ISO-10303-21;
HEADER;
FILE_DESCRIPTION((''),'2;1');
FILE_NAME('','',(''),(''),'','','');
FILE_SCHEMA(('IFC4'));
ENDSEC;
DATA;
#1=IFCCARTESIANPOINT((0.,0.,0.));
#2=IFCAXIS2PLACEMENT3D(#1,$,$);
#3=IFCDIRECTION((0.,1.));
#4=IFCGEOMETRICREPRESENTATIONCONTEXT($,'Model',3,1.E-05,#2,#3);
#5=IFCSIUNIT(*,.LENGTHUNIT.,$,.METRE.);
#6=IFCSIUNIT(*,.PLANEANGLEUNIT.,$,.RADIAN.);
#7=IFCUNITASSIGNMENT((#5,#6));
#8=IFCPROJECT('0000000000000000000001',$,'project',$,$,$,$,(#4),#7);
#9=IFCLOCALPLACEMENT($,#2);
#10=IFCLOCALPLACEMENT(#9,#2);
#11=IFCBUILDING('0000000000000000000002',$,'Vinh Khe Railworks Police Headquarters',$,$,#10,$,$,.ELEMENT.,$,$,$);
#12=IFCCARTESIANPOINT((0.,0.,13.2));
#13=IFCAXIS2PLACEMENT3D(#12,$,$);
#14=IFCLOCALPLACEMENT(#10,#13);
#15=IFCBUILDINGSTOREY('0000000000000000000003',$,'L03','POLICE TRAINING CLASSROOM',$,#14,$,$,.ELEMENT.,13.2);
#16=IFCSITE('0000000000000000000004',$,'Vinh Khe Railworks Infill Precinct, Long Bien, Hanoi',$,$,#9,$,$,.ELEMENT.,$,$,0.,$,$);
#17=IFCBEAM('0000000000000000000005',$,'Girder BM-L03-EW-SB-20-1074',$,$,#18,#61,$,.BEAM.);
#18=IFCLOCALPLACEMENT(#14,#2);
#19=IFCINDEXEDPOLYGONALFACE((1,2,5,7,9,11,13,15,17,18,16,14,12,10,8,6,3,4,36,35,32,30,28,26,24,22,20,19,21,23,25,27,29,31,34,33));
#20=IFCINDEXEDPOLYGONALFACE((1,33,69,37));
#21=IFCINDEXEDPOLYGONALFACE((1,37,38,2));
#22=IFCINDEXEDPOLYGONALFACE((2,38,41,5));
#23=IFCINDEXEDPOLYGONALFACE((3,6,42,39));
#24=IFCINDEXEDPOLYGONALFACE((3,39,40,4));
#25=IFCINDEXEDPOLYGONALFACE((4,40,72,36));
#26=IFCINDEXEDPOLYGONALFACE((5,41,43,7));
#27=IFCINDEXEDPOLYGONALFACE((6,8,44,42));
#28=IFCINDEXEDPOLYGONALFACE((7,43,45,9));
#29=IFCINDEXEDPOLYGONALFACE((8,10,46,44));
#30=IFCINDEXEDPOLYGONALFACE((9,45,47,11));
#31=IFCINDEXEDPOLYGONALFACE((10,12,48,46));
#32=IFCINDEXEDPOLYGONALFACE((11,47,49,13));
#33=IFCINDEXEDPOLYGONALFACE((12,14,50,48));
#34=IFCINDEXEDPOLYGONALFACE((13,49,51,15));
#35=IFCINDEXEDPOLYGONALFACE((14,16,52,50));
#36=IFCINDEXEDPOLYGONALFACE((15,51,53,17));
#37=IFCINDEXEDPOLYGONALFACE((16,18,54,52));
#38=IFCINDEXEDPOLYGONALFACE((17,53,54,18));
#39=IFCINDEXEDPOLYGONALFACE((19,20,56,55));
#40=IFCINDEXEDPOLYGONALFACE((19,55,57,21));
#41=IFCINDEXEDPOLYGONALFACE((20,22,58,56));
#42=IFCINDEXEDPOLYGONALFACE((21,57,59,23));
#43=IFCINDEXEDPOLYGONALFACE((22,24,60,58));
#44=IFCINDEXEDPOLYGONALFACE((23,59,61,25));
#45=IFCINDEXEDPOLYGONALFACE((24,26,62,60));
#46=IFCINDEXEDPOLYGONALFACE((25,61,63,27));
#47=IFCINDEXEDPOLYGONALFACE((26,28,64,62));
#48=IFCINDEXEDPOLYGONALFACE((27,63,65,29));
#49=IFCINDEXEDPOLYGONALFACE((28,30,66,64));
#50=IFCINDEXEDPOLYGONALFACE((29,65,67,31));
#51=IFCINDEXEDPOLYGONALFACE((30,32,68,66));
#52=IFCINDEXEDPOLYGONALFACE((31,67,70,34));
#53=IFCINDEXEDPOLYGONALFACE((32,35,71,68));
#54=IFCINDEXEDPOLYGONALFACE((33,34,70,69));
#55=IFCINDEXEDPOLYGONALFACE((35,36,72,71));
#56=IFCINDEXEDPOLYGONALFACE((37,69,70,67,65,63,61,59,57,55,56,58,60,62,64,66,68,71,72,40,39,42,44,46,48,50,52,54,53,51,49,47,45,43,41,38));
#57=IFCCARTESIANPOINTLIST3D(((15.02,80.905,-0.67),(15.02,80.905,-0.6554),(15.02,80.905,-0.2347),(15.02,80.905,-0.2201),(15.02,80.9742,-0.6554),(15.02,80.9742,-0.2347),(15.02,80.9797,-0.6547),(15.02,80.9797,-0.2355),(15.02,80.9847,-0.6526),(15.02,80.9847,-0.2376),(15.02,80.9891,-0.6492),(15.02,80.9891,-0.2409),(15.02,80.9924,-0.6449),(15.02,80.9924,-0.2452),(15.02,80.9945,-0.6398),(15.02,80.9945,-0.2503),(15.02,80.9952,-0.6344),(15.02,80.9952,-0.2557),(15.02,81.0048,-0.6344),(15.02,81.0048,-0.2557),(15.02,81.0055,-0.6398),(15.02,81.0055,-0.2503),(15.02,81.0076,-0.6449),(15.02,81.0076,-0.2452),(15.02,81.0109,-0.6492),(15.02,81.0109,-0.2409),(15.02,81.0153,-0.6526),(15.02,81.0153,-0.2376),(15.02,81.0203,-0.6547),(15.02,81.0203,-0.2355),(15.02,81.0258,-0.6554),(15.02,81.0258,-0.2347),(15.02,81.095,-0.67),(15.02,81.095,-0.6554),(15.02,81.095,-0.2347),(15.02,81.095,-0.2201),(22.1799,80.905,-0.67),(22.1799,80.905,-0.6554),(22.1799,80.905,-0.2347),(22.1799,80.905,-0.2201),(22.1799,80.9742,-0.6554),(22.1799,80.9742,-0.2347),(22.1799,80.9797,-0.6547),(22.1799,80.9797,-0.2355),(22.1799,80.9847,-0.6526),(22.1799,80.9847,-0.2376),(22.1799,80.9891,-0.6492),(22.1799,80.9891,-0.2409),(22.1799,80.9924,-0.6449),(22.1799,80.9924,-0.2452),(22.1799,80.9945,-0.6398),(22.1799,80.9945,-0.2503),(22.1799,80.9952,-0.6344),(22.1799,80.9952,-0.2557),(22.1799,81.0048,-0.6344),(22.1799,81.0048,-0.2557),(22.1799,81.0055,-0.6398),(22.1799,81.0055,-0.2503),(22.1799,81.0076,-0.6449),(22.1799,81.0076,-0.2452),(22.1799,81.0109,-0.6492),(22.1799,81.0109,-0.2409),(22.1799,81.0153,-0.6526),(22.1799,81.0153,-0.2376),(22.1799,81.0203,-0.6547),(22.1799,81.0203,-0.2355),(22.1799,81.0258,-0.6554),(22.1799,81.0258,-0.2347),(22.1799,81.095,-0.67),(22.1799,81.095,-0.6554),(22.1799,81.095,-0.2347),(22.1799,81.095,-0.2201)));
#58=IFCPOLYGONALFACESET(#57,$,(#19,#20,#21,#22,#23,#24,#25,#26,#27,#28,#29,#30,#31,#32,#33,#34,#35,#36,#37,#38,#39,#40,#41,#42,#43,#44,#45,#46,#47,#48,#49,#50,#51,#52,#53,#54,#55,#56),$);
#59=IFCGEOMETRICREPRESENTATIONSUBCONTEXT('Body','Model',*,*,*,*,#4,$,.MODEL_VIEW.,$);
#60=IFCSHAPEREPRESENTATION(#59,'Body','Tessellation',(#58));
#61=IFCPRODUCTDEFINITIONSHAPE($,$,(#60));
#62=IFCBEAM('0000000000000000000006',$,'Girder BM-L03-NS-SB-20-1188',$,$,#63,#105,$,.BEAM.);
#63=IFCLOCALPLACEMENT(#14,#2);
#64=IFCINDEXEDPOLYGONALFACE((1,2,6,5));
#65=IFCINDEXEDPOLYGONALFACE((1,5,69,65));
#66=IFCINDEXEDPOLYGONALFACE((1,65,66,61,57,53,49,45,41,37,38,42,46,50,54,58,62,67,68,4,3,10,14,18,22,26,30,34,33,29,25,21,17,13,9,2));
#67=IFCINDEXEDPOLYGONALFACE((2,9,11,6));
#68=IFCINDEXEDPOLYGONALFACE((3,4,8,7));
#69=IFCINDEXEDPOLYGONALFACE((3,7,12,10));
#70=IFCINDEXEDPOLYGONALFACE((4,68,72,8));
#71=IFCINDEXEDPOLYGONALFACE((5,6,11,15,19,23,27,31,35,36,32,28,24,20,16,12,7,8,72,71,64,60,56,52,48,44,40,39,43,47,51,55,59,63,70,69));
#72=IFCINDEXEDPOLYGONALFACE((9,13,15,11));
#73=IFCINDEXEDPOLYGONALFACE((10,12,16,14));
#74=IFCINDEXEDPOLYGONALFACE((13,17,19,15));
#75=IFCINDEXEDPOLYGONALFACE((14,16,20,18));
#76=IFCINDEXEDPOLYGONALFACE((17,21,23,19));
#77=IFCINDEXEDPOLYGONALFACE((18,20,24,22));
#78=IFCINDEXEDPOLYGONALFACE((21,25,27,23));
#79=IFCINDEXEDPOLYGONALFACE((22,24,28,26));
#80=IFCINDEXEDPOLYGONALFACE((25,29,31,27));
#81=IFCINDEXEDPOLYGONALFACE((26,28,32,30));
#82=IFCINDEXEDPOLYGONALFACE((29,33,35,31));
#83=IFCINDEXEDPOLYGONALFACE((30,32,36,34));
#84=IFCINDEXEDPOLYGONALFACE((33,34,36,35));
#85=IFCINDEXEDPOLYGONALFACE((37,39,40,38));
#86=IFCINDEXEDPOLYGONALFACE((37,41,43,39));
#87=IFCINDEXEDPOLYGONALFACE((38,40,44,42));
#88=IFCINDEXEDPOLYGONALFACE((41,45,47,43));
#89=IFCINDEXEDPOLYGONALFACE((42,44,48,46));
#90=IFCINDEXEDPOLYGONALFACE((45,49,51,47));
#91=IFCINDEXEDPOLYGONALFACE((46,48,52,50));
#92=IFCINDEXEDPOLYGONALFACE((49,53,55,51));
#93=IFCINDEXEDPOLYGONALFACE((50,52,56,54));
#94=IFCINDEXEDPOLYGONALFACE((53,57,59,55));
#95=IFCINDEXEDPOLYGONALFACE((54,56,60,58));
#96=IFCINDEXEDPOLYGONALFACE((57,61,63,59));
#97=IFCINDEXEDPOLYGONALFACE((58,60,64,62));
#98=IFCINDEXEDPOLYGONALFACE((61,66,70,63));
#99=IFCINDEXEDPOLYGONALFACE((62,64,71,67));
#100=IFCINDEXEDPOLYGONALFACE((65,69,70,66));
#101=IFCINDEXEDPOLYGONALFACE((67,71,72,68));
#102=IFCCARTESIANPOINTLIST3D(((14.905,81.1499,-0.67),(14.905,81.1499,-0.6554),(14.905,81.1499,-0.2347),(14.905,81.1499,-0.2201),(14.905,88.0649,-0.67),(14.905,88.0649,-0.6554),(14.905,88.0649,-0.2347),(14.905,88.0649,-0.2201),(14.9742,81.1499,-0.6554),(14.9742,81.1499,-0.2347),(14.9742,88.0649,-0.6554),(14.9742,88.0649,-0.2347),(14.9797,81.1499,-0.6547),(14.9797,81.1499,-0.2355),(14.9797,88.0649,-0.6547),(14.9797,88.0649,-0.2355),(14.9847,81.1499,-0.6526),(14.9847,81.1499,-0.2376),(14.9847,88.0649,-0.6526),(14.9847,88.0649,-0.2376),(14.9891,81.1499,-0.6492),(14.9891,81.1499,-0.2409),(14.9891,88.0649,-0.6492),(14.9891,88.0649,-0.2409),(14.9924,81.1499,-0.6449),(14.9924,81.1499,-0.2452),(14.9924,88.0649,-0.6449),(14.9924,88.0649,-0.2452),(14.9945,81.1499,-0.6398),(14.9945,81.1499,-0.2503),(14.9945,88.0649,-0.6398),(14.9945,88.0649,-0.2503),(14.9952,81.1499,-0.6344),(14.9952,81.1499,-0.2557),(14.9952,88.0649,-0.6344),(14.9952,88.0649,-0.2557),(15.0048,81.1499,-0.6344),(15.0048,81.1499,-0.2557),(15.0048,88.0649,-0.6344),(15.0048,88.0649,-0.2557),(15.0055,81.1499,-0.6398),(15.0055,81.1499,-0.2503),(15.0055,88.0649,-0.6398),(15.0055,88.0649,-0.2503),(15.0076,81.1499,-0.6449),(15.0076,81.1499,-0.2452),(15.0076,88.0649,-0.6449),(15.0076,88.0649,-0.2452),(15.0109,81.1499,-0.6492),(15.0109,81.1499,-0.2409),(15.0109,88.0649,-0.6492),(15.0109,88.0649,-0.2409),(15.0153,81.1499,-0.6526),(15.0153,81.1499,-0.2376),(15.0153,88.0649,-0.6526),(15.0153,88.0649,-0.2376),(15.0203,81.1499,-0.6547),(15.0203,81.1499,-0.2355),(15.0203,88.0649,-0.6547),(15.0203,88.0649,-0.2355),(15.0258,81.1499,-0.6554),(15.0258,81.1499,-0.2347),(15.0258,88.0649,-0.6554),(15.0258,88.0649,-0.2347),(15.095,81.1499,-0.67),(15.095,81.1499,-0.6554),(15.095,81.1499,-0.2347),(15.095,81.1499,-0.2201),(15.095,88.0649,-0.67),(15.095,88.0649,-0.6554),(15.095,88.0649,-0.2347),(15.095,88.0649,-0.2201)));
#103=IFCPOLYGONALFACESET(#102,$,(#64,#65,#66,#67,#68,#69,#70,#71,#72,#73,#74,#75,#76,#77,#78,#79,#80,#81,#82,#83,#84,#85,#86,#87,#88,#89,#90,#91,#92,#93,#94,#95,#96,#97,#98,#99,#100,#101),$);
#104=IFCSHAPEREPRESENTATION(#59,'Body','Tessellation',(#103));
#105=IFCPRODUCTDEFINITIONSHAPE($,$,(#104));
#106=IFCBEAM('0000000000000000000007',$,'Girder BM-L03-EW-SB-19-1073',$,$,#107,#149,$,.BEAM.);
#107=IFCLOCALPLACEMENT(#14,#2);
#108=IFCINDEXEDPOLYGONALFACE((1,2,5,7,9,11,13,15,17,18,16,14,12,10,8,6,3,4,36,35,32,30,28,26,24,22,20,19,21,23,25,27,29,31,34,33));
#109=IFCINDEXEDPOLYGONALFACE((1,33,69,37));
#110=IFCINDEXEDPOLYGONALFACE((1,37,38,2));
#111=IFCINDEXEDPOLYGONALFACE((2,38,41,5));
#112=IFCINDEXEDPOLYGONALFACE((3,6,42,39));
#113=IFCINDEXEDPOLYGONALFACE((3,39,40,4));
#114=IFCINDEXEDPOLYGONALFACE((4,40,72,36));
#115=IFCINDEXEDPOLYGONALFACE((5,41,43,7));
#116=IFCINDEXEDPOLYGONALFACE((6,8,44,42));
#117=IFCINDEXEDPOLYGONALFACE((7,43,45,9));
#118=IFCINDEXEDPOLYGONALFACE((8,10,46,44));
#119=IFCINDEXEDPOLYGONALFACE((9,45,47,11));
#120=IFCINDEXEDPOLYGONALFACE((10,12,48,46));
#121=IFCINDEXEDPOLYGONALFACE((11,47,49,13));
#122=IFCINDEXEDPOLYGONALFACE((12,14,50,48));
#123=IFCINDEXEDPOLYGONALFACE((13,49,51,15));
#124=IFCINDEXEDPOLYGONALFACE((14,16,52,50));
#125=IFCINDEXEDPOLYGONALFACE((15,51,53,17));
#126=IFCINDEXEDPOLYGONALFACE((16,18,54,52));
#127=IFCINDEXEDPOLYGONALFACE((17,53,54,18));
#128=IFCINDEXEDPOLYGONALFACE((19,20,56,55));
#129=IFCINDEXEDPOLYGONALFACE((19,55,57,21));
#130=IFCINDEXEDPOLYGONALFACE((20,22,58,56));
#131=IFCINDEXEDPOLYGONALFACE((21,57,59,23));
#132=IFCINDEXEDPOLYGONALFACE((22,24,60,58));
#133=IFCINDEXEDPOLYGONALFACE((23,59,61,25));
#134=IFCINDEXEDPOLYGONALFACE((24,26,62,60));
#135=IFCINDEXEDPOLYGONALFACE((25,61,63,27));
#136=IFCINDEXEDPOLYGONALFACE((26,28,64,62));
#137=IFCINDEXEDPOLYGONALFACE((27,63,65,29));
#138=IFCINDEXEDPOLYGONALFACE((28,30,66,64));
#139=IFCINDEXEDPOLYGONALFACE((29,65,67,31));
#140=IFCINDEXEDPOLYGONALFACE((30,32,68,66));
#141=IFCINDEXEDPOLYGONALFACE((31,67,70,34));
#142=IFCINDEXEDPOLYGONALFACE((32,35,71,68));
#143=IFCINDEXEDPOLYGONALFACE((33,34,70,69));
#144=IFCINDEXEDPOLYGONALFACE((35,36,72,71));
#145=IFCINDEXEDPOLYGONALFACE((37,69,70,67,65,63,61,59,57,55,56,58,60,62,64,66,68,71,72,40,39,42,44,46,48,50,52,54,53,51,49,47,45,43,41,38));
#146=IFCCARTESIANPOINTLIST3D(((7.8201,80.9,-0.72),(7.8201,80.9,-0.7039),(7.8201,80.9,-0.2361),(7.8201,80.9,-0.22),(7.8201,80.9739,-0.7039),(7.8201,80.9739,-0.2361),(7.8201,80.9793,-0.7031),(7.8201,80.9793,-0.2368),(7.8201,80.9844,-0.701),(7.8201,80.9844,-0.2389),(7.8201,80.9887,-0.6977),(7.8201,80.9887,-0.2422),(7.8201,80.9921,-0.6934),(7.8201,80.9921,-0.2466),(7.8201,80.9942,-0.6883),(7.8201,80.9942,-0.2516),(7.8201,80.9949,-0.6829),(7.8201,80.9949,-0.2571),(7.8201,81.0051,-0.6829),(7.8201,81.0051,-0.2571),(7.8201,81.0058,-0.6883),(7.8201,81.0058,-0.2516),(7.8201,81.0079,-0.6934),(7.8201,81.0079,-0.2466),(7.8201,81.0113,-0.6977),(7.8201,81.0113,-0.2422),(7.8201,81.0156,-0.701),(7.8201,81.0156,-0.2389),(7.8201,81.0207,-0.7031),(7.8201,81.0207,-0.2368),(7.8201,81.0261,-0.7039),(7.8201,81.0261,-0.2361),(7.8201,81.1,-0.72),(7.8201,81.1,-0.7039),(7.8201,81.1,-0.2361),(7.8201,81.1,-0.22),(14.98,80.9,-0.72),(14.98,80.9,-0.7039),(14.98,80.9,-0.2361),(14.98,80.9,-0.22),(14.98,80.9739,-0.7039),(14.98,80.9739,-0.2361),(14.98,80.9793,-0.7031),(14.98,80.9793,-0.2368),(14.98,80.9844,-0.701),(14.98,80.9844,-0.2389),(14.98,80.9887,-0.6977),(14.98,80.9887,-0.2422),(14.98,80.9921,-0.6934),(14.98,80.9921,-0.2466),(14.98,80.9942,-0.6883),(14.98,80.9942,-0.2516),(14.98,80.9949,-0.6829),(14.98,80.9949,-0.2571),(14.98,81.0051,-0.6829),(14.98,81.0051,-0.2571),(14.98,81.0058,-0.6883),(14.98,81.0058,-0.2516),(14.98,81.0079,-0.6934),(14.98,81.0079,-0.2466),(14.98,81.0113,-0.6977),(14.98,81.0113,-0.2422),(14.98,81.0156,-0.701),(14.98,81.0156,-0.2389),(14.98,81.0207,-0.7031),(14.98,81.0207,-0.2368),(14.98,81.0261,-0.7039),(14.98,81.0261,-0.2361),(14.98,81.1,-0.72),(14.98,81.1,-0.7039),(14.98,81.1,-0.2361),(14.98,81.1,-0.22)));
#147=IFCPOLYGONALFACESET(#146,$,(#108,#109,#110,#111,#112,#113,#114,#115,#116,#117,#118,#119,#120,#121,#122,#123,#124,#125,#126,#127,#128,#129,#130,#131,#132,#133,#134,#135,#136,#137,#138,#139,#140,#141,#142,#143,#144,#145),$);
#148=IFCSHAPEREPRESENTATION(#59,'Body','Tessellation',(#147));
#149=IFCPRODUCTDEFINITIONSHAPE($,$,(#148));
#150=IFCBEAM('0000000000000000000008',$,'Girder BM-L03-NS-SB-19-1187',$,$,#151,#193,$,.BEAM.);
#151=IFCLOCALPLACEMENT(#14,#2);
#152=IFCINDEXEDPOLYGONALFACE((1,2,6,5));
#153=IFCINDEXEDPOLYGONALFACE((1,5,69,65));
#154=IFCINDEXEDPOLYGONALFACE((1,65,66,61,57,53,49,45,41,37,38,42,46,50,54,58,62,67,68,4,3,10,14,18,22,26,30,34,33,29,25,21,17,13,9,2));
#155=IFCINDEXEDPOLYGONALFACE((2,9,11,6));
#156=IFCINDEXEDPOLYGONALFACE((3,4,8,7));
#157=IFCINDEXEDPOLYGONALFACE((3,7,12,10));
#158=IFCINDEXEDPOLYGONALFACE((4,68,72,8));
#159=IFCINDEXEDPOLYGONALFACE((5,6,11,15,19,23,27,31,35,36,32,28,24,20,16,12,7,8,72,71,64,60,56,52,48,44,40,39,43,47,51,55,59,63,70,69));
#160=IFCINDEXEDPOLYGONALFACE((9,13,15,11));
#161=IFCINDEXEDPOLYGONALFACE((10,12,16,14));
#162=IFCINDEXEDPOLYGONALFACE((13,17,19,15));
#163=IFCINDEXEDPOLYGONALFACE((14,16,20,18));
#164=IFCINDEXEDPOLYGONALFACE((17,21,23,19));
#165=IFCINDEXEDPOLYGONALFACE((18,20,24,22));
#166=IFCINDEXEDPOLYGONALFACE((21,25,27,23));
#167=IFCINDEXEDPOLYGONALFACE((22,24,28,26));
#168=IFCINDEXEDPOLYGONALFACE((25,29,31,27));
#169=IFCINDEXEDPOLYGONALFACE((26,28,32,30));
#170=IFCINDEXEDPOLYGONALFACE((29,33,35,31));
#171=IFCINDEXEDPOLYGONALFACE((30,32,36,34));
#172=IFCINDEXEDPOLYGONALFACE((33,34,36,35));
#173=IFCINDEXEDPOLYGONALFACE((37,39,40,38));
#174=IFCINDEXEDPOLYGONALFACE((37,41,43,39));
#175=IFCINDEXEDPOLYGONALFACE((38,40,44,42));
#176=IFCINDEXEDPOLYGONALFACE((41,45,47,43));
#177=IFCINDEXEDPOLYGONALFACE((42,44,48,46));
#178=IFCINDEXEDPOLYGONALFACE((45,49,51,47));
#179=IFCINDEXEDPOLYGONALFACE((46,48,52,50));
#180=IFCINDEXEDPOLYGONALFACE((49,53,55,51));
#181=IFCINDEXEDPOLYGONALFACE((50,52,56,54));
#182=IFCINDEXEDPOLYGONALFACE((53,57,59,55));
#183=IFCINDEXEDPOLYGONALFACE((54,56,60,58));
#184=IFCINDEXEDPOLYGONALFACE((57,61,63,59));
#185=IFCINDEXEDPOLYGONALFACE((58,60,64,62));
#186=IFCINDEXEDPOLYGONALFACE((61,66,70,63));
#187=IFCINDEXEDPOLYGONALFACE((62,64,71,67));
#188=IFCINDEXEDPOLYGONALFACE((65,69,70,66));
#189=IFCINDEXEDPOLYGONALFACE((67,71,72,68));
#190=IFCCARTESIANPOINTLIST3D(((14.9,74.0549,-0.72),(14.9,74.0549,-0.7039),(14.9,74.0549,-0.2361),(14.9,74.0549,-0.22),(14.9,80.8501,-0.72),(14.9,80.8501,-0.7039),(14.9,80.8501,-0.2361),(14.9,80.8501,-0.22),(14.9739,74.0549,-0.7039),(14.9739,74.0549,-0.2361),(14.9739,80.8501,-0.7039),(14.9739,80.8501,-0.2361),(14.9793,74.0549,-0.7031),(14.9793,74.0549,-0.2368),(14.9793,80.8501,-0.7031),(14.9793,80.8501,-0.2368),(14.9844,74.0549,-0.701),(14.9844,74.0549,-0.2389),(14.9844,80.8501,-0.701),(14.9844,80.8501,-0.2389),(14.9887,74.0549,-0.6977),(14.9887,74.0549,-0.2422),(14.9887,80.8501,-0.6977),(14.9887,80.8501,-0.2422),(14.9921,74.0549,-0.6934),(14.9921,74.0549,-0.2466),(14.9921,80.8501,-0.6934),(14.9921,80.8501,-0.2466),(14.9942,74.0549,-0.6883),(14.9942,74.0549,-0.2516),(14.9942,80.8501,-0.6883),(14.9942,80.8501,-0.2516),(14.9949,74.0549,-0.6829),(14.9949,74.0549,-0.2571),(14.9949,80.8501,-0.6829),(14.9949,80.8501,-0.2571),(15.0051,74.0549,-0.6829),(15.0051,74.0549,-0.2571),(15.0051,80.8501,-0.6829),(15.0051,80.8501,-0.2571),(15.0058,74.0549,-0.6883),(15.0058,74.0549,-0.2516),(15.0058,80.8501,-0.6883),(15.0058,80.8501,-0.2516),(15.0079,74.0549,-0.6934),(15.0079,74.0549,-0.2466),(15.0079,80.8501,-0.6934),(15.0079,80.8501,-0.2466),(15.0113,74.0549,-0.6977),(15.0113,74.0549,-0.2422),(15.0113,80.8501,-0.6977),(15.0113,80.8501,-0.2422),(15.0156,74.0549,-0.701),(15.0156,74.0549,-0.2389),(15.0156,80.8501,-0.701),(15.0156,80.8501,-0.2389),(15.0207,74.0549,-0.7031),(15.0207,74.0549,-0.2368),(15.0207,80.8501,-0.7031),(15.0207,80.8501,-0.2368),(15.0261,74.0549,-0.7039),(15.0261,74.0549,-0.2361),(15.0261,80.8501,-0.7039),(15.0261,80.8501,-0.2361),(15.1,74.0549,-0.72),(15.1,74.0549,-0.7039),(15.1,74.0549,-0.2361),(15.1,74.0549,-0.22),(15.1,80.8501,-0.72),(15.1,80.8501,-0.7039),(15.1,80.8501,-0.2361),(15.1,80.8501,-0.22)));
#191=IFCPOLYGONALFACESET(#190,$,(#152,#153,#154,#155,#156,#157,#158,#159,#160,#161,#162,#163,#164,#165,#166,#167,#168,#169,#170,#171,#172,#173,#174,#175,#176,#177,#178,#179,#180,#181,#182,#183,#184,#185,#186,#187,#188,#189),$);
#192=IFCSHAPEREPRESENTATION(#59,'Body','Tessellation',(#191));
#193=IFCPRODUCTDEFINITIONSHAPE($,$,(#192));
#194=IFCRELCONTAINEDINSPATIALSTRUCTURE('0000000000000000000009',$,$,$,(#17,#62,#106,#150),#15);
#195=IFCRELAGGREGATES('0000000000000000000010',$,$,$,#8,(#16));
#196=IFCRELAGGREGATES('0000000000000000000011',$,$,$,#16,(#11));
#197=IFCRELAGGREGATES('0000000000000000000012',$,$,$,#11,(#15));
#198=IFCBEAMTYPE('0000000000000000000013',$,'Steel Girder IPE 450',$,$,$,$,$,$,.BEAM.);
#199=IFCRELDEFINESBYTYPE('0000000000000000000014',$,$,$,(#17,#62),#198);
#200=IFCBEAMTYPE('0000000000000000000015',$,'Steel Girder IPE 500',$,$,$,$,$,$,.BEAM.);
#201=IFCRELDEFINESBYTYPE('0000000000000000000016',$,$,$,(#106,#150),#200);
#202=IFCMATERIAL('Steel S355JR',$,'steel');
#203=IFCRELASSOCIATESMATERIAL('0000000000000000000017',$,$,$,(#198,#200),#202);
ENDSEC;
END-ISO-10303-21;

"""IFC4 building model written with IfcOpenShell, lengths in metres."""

from ifc_helpers import new_model, si_unit, direction, frame, origin, origin_2d, place, context, subcontext, project, spatial, i_section, extrude, material, material_profile, profile_set, type_object, element, save


model = new_model("IFC4")

# Units and contexts
model_context = context("Model", 3, precision=1e-05, world=origin(), true_north=direction((0.0, 1.0)))
body_context = subcontext(model_context, "Body", "Model", "MODEL_VIEW")
ifc_project = project(units=[si_unit("LENGTHUNIT", "METRE"), si_unit("PLANEANGLEUNIT", "RADIAN")], contexts=[model_context])

# Site, building, storey
site_placement = place(None, origin())
site = spatial("IfcSite", under=ifc_project, at=site_placement, Name="Vinh Khe Railworks Infill Precinct, Long Bien, Hanoi", CompositionType="ELEMENT", RefElevation=0.0)
building_placement = place(site_placement, origin())
building = spatial("IfcBuilding", under=site, at=building_placement, Name="Vinh Khe Railworks Police Headquarters", CompositionType="ELEMENT")
storey_placement = place(building_placement, frame((0.0, 0.0, 13.2)))
storey = spatial("IfcBuildingStorey", under=building, at=storey_placement, Name="L03", Description="POLICE TRAINING CLASSROOM", CompositionType="ELEMENT", Elevation=13.2)

# Shared definitions
ifc_material_1 = material(Name="Steel S355JR", Category="steel")

# Beams
ifc_material_profile_1 = material_profile(ifc_material_1, i_section(OverallWidth=0.1899, OverallDepth=0.45, WebThickness=0.0095, FlangeThickness=0.0146, FilletRadius=0.021, at=origin_2d()), Name="IPE 450")
ifc_profile_set_1 = profile_set([ifc_material_profile_1], Name="Steel S355JR")
beam_type_1 = type_object("IfcBeamType", Name="Steel Girder IPE 450", PredefinedType="BEAM", material=ifc_profile_set_1)
beam_1_placement = place(storey_placement, frame((15.02, 81.0, -0.4451), z_axis=(1.0, 0.0, 0.0), x_axis=(0.0, 1.0, 0.0)))
element("IfcBeam", 1, at=beam_1_placement, inside=storey, type_object=beam_type_1, Name="Girder BM-L03-EW-SB-20-1074", PredefinedType="BEAM", context=body_context, shape_type="SweptSolid", body=[
    extrude(i_section(OverallWidth=0.1899, OverallDepth=0.45, WebThickness=0.0095, FlangeThickness=0.0146, FilletRadius=0.021, at=origin_2d()), origin(), (0.0, 0.0, 1.0), 7.1599),
])
beam_2_placement = place(storey_placement, frame((15.0, 81.1499, -0.4451), z_axis=(0.0, 1.0, 0.0), x_axis=(-1.0, 0.0, 0.0)))
element("IfcBeam", 2, at=beam_2_placement, inside=storey, type_object=beam_type_1, Name="Girder BM-L03-NS-SB-20-1188", PredefinedType="BEAM", context=body_context, shape_type="SweptSolid", body=[
    extrude(i_section(OverallWidth=0.1899, OverallDepth=0.45, WebThickness=0.0095, FlangeThickness=0.0146, FilletRadius=0.021, at=origin_2d()), origin(), (0.0, 0.0, 1.0), 6.915),
])
ifc_material_profile_2 = material_profile(ifc_material_1, i_section(OverallWidth=0.2, OverallDepth=0.5, WebThickness=0.0103, FlangeThickness=0.0161, FilletRadius=0.021, at=origin_2d()), Name="IPE 500")
ifc_profile_set_2 = profile_set([ifc_material_profile_2], Name="Steel S355JR")
beam_type_2 = type_object("IfcBeamType", Name="Steel Girder IPE 500", PredefinedType="BEAM", material=ifc_profile_set_2)
beam_3_placement = place(storey_placement, frame((7.8201, 81.0, -0.47), z_axis=(1.0, 0.0, 0.0), x_axis=(0.0, 1.0, 0.0)))
element("IfcBeam", 3, at=beam_3_placement, inside=storey, type_object=beam_type_2, Name="Girder BM-L03-EW-SB-19-1073", PredefinedType="BEAM", context=body_context, shape_type="SweptSolid", body=[
    extrude(i_section(OverallWidth=0.2, OverallDepth=0.5, WebThickness=0.0103, FlangeThickness=0.0161, FilletRadius=0.021, at=origin_2d()), origin(), (0.0, 0.0, 1.0), 7.1599),
])
beam_4_placement = place(storey_placement, frame((15.0, 74.0549, -0.47), z_axis=(0.0, 1.0, 0.0), x_axis=(-1.0, 0.0, 0.0)))
element("IfcBeam", 4, at=beam_4_placement, inside=storey, type_object=beam_type_2, Name="Girder BM-L03-NS-SB-19-1187", PredefinedType="BEAM", context=body_context, shape_type="SweptSolid", body=[
    extrude(i_section(OverallWidth=0.2, OverallDepth=0.5, WebThickness=0.0103, FlangeThickness=0.0161, FilletRadius=0.021, at=origin_2d()), origin(), (0.0, 0.0, 1.0), 6.7952),
])

save(model, "model.ifc")
